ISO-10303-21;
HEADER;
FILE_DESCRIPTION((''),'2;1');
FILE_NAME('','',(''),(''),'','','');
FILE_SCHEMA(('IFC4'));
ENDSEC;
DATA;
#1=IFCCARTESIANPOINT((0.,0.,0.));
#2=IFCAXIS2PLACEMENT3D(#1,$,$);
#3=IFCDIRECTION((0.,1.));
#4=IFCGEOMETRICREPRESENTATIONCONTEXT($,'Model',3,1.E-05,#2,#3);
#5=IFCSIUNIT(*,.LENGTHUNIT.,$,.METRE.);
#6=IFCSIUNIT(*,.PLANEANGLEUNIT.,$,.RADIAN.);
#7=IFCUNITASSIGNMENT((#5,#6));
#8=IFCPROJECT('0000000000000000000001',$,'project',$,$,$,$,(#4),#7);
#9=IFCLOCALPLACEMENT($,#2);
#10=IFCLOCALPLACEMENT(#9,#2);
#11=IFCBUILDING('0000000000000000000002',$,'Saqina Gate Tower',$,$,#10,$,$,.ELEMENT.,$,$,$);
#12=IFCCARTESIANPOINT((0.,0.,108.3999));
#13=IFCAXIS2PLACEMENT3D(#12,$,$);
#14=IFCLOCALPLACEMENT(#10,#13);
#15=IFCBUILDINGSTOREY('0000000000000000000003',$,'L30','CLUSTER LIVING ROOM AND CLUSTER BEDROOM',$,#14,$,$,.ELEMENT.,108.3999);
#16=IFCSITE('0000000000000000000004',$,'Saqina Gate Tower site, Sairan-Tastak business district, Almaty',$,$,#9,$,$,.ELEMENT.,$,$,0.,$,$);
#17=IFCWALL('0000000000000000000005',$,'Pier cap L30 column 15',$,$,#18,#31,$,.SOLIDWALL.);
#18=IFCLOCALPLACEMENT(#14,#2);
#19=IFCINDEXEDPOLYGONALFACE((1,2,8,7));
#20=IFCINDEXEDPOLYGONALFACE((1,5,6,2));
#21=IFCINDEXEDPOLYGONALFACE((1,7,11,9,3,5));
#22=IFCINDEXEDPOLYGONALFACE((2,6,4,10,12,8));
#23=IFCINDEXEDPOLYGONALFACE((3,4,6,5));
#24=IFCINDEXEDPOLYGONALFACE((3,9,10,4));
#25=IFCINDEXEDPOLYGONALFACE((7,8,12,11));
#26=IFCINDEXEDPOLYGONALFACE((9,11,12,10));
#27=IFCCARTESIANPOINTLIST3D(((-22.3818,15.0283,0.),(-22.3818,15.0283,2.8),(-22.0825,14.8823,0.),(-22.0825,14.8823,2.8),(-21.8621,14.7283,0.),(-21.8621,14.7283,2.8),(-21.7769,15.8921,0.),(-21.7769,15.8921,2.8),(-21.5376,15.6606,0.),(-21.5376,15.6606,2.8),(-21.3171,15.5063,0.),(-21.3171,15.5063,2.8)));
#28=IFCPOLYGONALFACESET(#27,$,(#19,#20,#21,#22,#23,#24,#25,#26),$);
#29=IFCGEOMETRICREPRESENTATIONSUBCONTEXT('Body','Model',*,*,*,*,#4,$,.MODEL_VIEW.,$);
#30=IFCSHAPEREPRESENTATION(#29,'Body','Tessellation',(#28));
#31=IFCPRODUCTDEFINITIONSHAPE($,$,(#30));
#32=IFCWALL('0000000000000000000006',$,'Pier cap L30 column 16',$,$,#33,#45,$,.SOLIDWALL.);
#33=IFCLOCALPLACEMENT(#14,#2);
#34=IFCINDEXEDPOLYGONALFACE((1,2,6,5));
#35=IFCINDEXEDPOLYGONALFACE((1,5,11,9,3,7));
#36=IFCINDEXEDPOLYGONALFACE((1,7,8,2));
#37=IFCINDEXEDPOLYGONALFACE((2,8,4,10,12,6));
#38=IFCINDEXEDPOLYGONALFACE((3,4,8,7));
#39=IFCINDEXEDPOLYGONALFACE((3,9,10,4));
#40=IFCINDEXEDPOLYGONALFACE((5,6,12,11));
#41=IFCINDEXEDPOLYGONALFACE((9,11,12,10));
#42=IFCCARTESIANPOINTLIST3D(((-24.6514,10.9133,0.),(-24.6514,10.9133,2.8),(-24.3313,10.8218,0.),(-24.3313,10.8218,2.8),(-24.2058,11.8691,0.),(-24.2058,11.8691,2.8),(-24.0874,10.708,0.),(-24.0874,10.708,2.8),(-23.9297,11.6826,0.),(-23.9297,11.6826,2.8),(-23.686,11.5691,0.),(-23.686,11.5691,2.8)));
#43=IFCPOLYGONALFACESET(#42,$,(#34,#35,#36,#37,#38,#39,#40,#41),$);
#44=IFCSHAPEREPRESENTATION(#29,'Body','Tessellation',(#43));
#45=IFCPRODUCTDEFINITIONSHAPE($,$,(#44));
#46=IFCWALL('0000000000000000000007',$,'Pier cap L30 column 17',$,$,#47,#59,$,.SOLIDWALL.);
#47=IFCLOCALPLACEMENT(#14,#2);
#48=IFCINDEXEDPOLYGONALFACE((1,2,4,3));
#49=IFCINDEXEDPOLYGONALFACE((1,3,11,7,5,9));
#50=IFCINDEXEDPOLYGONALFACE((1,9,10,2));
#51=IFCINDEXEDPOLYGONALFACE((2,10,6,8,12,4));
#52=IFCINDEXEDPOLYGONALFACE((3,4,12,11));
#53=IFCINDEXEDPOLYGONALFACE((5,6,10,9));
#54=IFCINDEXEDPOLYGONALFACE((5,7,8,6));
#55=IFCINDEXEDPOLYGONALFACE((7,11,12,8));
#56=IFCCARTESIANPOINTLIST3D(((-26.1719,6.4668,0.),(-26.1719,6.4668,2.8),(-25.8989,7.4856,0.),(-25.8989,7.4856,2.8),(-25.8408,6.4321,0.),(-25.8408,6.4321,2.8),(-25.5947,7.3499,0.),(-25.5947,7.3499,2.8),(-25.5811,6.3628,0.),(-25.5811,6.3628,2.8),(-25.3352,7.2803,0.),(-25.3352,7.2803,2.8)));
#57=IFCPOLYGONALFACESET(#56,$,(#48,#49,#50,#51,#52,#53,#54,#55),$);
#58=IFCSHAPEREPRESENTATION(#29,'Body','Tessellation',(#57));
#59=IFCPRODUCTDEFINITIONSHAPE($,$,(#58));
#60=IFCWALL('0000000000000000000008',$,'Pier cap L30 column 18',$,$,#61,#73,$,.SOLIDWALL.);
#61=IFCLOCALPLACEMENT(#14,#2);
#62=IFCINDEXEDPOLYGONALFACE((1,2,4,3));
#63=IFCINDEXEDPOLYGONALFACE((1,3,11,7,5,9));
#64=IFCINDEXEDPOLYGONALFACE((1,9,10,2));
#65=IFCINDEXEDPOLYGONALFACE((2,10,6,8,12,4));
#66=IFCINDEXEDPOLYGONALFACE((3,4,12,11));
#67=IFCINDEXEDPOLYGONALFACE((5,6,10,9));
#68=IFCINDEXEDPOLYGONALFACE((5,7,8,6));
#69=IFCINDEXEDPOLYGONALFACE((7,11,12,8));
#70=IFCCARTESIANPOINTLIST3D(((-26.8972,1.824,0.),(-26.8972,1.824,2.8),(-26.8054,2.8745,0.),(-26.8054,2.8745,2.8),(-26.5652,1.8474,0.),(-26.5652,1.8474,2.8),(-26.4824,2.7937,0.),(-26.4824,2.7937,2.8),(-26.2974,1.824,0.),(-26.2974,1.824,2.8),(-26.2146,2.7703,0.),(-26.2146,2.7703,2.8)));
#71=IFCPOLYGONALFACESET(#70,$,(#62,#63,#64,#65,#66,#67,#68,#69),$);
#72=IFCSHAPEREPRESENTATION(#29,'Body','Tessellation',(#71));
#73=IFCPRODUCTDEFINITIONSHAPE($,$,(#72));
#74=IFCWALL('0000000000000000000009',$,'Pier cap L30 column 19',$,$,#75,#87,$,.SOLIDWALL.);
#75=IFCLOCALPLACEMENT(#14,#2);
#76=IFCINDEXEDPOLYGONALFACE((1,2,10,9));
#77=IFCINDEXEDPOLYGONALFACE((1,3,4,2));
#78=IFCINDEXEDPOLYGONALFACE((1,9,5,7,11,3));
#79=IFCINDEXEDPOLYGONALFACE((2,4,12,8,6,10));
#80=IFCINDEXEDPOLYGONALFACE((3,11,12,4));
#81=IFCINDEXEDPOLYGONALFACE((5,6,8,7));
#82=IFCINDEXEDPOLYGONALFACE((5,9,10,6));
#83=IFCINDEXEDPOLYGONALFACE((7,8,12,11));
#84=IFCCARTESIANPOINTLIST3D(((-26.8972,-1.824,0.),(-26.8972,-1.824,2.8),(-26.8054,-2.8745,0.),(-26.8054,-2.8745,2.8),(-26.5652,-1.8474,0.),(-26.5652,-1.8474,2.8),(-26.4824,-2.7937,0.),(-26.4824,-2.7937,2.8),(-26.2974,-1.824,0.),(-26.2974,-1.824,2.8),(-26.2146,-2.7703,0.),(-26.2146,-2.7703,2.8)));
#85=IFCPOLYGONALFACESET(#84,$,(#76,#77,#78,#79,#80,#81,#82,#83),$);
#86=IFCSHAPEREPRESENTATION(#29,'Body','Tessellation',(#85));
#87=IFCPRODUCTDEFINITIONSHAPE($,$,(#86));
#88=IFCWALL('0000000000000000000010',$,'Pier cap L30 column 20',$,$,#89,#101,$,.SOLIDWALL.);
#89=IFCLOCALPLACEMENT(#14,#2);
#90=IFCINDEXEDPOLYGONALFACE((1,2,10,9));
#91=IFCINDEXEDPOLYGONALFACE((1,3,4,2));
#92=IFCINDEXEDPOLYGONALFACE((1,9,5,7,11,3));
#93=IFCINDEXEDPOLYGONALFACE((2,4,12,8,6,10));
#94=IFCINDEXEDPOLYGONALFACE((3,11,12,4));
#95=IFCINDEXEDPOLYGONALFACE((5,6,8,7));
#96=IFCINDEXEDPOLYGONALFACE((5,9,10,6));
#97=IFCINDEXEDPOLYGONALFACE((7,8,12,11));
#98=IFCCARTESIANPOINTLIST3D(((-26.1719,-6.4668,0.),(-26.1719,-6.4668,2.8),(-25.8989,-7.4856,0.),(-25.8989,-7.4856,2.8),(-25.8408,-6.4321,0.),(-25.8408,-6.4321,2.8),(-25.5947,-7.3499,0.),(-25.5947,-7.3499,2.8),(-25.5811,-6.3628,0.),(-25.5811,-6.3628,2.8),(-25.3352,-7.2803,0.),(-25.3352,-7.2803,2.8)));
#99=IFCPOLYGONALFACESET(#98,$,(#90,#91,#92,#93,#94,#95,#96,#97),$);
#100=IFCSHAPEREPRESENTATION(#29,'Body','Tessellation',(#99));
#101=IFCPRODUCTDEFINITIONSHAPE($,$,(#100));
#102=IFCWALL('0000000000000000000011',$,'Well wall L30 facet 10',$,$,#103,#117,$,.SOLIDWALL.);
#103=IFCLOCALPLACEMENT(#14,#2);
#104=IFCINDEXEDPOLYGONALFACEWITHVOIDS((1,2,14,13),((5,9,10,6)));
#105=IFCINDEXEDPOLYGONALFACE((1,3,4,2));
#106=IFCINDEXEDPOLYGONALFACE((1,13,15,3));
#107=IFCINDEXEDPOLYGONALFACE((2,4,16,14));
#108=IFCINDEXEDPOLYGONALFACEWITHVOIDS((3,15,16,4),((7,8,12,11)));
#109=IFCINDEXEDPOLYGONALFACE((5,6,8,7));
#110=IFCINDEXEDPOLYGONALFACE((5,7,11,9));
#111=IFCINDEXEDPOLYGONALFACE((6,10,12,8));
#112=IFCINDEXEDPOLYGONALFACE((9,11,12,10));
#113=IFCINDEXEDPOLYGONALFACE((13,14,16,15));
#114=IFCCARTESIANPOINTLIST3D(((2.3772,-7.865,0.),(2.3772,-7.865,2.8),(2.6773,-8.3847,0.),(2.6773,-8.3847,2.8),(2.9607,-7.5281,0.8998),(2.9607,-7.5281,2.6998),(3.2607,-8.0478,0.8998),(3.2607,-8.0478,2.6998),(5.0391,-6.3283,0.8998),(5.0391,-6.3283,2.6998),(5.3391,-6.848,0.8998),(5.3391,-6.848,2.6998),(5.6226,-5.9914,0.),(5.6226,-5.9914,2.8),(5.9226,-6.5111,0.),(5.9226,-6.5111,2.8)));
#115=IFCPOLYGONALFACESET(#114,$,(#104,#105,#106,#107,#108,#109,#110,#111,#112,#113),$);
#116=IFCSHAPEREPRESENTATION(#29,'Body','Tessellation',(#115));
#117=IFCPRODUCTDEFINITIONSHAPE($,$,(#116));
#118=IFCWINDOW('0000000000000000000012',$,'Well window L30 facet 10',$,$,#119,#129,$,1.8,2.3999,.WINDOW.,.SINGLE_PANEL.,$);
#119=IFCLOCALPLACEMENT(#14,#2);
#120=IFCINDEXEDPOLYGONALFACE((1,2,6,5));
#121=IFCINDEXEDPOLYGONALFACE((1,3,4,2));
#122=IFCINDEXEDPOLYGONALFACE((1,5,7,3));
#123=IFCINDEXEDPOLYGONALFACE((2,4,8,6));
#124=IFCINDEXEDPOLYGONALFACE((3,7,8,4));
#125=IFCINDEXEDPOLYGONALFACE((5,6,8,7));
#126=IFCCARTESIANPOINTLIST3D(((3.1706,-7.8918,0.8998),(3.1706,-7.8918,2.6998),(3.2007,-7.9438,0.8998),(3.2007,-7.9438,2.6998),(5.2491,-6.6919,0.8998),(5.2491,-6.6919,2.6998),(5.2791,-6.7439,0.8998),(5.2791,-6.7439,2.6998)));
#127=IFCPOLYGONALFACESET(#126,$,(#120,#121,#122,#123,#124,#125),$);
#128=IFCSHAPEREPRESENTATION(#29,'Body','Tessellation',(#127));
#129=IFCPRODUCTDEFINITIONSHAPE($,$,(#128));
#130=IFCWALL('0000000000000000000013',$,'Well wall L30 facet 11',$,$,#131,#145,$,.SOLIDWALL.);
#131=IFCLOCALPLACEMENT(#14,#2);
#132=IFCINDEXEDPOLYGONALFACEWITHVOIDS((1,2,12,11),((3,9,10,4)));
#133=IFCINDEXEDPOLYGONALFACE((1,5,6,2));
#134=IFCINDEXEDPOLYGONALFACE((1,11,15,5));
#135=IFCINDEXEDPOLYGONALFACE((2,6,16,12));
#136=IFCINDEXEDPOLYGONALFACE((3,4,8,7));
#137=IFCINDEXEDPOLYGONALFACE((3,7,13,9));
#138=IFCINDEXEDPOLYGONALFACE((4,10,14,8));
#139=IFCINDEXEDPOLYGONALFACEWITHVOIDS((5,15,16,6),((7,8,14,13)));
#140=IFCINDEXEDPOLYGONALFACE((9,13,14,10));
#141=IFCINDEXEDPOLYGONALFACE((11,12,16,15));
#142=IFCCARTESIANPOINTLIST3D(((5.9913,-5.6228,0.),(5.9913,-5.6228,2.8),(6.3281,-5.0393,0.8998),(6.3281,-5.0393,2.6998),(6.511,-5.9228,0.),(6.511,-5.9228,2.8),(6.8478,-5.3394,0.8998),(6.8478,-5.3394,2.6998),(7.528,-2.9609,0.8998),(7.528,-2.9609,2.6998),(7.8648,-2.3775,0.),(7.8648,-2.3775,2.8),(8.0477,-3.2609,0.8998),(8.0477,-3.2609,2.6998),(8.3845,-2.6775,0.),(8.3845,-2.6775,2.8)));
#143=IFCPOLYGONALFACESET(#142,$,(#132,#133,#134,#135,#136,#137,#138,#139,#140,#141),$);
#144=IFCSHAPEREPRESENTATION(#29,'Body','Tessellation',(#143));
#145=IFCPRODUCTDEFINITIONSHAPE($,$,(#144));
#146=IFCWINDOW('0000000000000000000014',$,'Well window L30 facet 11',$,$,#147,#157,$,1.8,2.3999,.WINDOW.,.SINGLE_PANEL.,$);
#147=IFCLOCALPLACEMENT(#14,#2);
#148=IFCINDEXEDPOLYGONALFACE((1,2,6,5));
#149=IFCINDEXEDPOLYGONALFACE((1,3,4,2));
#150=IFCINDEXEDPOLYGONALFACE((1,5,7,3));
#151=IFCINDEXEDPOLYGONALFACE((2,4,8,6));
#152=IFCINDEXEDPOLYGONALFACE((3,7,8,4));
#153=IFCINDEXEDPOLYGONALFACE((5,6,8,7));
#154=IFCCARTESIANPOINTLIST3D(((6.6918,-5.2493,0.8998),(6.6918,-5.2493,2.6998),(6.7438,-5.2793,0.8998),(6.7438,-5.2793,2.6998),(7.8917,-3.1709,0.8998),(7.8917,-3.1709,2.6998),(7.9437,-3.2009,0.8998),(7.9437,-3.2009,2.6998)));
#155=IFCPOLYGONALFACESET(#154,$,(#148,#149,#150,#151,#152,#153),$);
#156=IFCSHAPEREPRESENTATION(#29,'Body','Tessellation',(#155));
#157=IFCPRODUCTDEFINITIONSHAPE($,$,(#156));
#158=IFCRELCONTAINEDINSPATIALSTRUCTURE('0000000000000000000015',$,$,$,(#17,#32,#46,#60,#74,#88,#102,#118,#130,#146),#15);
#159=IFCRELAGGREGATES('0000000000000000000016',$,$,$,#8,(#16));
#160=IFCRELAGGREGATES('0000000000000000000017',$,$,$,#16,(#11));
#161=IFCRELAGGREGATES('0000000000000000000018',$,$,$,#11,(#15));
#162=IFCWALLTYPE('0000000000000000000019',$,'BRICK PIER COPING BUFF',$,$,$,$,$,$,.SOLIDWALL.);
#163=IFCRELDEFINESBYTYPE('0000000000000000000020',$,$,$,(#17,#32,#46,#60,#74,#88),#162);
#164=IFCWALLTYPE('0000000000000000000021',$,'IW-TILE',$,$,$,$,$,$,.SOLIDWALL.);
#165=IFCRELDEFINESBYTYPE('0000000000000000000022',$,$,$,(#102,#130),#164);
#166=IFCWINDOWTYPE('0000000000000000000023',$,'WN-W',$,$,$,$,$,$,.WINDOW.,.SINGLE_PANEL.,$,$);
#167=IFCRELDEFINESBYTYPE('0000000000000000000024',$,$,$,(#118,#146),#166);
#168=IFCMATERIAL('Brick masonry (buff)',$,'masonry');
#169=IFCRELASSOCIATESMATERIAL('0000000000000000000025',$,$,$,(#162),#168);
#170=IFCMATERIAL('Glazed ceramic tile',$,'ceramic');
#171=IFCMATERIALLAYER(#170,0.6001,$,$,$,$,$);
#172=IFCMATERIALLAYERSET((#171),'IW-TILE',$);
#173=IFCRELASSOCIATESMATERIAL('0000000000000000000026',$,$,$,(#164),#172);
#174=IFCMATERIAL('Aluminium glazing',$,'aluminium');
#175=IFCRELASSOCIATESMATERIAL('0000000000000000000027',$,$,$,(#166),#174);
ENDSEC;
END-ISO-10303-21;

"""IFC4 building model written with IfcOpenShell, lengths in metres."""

from ifc_helpers import new_model, si_unit, direction, frame, frame_2d, origin, place, context, subcontext, project, spatial, polyline, rectangle, outline, extrude, material, layer, layer_set, type_object, element, fill, save


model = new_model("IFC4")

# Units and contexts
model_context = context("Model", 3, precision=1e-05, world=origin(), true_north=direction((0.0, 1.0)))
body_context = subcontext(model_context, "Body", "Model", "MODEL_VIEW")
ifc_project = project(units=[si_unit("LENGTHUNIT", "METRE"), si_unit("PLANEANGLEUNIT", "RADIAN")], contexts=[model_context])

# Site, building, storey
site_placement = place(None, origin())
site = spatial("IfcSite", under=ifc_project, at=site_placement, Name="Saqina Gate Tower site, Sairan-Tastak business district, Almaty", CompositionType="ELEMENT", RefElevation=0.0)
building_placement = place(site_placement, origin())
building = spatial("IfcBuilding", under=site, at=building_placement, Name="Saqina Gate Tower", CompositionType="ELEMENT")
storey_placement = place(building_placement, frame((0.0, 0.0, 108.3999)))
storey = spatial("IfcBuildingStorey", under=building, at=storey_placement, Name="L30", Description="CLUSTER LIVING ROOM AND CLUSTER BEDROOM", CompositionType="ELEMENT", Elevation=108.3999)

# Walls
ifc_material_1 = material(Name="Brick masonry (buff)", Category="masonry")
wall_type_1 = type_object("IfcWallType", Name="BRICK PIER COPING BUFF", PredefinedType="SOLIDWALL", material=ifc_material_1)
wall_1_placement = place(storey_placement, origin())
element("IfcWall", 1, at=wall_1_placement, inside=storey, type_object=wall_type_1, Name="Pier cap L30 column 15", PredefinedType="SOLIDWALL", context=body_context, shape_type="SweptSolid", body=[
    extrude(outline(polyline([(-22.3818, 15.0283), (-21.8621, 14.7283), (-22.0825, 14.8823), (-21.5376, 15.6606), (-21.3171, 15.5063), (-21.7769, 15.8921), (-22.3818, 15.0283)])), origin(), (0.0, 0.0, 1.0), 2.8),
])
wall_2_placement = place(storey_placement, origin())
element("IfcWall", 2, at=wall_2_placement, inside=storey, type_object=wall_type_1, Name="Pier cap L30 column 16", PredefinedType="SOLIDWALL", context=body_context, shape_type="SweptSolid", body=[
    extrude(outline(polyline([(-24.6514, 10.9133), (-24.0874, 10.708), (-24.3313, 10.8218), (-23.9297, 11.6826), (-23.686, 11.5691), (-24.2058, 11.8691), (-24.6514, 10.9133)])), origin(), (0.0, 0.0, 1.0), 2.8),
])
wall_3_placement = place(storey_placement, origin())
element("IfcWall", 3, at=wall_3_placement, inside=storey, type_object=wall_type_1, Name="Pier cap L30 column 17", PredefinedType="SOLIDWALL", context=body_context, shape_type="SweptSolid", body=[
    extrude(outline(polyline([(-25.8989, 7.4856), (-26.1719, 6.4668), (-25.5811, 6.3628), (-25.8408, 6.4321), (-25.5947, 7.3499), (-25.3352, 7.2803), (-25.8989, 7.4856)])), origin(), (0.0, 0.0, 1.0), 2.8),
])
wall_4_placement = place(storey_placement, origin())
element("IfcWall", 4, at=wall_4_placement, inside=storey, type_object=wall_type_1, Name="Pier cap L30 column 18", PredefinedType="SOLIDWALL", context=body_context, shape_type="SweptSolid", body=[
    extrude(outline(polyline([(-26.8054, 2.8745), (-26.8972, 1.824), (-26.2974, 1.824), (-26.5652, 1.8474), (-26.4824, 2.7937), (-26.2146, 2.7703), (-26.8054, 2.8745)])), origin(), (0.0, 0.0, 1.0), 2.8),
])
wall_5_placement = place(storey_placement, origin())
element("IfcWall", 5, at=wall_5_placement, inside=storey, type_object=wall_type_1, Name="Pier cap L30 column 19", PredefinedType="SOLIDWALL", context=body_context, shape_type="SweptSolid", body=[
    extrude(outline(polyline([(-26.8054, -2.8745), (-26.2146, -2.7703), (-26.4824, -2.7937), (-26.5652, -1.8474), (-26.2974, -1.824), (-26.8972, -1.824), (-26.8054, -2.8745)])), origin(), (0.0, 0.0, 1.0), 2.8),
])
wall_6_placement = place(storey_placement, origin())
element("IfcWall", 6, at=wall_6_placement, inside=storey, type_object=wall_type_1, Name="Pier cap L30 column 20", PredefinedType="SOLIDWALL", context=body_context, shape_type="SweptSolid", body=[
    extrude(outline(polyline([(-26.1719, -6.4668), (-25.8989, -7.4856), (-25.3352, -7.2803), (-25.5947, -7.3499), (-25.8408, -6.4321), (-25.5811, -6.3628), (-26.1719, -6.4668)])), origin(), (0.0, 0.0, 1.0), 2.8),
])

# Walls, openings, windows
ifc_material_2 = material(Name="Glazed ceramic tile", Category="ceramic")
ifc_layer_1 = layer(ifc_material_2, 0.6001)
ifc_layer_set_1 = layer_set([ifc_layer_1], Name="IW-TILE")
wall_type_2 = type_object("IfcWallType", Name="IW-TILE", PredefinedType="SOLIDWALL", material=ifc_layer_set_1)
wall_7_placement = place(storey_placement, frame((2.5273, -8.1248, 0.0), z_axis=(0.0, 0.0, 1.0), x_axis=(0.866046, 0.499965, 0.0)))
wall_7 = element("IfcWall", 7, at=wall_7_placement, inside=storey, type_object=wall_type_2, Name="Well wall L30 facet 10", PredefinedType="SOLIDWALL", context=body_context, shape_type="SweptSolid", body=[
    extrude(rectangle(XDim=3.7473, YDim=0.6001, at=frame_2d((1.8735, 0.0))), origin(), (0.0, 0.0, 1.0), 2.8),
])
opening_1_placement = place(wall_7_placement, frame((0.6736, 0.0, 0.8999)))
opening_1 = element("IfcOpeningElement", 8, at=opening_1_placement, cuts=wall_7, PredefinedType="OPENING", context=body_context, shape_type="SweptSolid", body=[
    extrude(rectangle(XDim=2.3999, YDim=1.8, at=frame_2d((1.2, 0.8999))), frame((0.0, 0.312, 0.0), z_axis=(0.0, -1.0, 0.0), x_axis=(1.0, 0.0, 0.0)), (0.0, 0.0, 1.0), 0.624),
])
ifc_material_3 = material(Name="Aluminium glazing", Category="aluminium")
window_type = type_object("IfcWindowType", Name="WN-W", PartitioningType="SINGLE_PANEL", PredefinedType="WINDOW", material=ifc_material_3)
window_1_placement = place(opening_1_placement, origin())
window_1 = element("IfcWindow", 9, at=window_1_placement, inside=storey, type_object=window_type, Name="Well window L30 facet 10", OverallHeight=1.8, OverallWidth=2.3999, PartitioningType="SINGLE_PANEL", PredefinedType="WINDOW", context=body_context, shape_type="SweptSolid", body=[
    extrude(rectangle(XDim=2.3999, YDim=1.8, at=frame_2d((1.2, 0.8999))), frame((0.0, -0.1199, 0.0), z_axis=(0.0, -1.0, 0.0), x_axis=(1.0, 0.0, 0.0)), (0.0, 0.0, 1.0), 0.0601),
])
fill(opening_1, window_1)
wall_8_placement = place(storey_placement, frame((6.2512, -5.7727, 0.0), z_axis=(0.0, 0.0, 1.0), x_axis=(0.499965, 0.866046, 0.0)))
wall_8 = element("IfcWall", 10, at=wall_8_placement, inside=storey, type_object=wall_type_2, Name="Well wall L30 facet 11", PredefinedType="SOLIDWALL", context=body_context, shape_type="SweptSolid", body=[
    extrude(rectangle(XDim=3.7473, YDim=0.6001, at=frame_2d((1.8735, 0.0))), origin(), (0.0, 0.0, 1.0), 2.8),
])
opening_2_placement = place(wall_8_placement, frame((0.6736, 0.0, 0.8999)))
opening_2 = element("IfcOpeningElement", 11, at=opening_2_placement, cuts=wall_8, PredefinedType="OPENING", context=body_context, shape_type="SweptSolid", body=[
    extrude(rectangle(XDim=2.3999, YDim=1.8, at=frame_2d((1.2, 0.8999))), frame((0.0, 0.312, 0.0), z_axis=(0.0, -1.0, 0.0), x_axis=(1.0, 0.0, 0.0)), (0.0, 0.0, 1.0), 0.624),
])
window_2_placement = place(opening_2_placement, origin())
window_2 = element("IfcWindow", 12, at=window_2_placement, inside=storey, type_object=window_type, Name="Well window L30 facet 11", OverallHeight=1.8, OverallWidth=2.3999, PartitioningType="SINGLE_PANEL", PredefinedType="WINDOW", context=body_context, shape_type="SweptSolid", body=[
    extrude(rectangle(XDim=2.3999, YDim=1.8, at=frame_2d((1.2, 0.8999))), frame((0.0, -0.1199, 0.0), z_axis=(0.0, -1.0, 0.0), x_axis=(1.0, 0.0, 0.0)), (0.0, 0.0, 1.0), 0.0601),
])
fill(opening_2, window_2)

save(model, "model.ifc")
